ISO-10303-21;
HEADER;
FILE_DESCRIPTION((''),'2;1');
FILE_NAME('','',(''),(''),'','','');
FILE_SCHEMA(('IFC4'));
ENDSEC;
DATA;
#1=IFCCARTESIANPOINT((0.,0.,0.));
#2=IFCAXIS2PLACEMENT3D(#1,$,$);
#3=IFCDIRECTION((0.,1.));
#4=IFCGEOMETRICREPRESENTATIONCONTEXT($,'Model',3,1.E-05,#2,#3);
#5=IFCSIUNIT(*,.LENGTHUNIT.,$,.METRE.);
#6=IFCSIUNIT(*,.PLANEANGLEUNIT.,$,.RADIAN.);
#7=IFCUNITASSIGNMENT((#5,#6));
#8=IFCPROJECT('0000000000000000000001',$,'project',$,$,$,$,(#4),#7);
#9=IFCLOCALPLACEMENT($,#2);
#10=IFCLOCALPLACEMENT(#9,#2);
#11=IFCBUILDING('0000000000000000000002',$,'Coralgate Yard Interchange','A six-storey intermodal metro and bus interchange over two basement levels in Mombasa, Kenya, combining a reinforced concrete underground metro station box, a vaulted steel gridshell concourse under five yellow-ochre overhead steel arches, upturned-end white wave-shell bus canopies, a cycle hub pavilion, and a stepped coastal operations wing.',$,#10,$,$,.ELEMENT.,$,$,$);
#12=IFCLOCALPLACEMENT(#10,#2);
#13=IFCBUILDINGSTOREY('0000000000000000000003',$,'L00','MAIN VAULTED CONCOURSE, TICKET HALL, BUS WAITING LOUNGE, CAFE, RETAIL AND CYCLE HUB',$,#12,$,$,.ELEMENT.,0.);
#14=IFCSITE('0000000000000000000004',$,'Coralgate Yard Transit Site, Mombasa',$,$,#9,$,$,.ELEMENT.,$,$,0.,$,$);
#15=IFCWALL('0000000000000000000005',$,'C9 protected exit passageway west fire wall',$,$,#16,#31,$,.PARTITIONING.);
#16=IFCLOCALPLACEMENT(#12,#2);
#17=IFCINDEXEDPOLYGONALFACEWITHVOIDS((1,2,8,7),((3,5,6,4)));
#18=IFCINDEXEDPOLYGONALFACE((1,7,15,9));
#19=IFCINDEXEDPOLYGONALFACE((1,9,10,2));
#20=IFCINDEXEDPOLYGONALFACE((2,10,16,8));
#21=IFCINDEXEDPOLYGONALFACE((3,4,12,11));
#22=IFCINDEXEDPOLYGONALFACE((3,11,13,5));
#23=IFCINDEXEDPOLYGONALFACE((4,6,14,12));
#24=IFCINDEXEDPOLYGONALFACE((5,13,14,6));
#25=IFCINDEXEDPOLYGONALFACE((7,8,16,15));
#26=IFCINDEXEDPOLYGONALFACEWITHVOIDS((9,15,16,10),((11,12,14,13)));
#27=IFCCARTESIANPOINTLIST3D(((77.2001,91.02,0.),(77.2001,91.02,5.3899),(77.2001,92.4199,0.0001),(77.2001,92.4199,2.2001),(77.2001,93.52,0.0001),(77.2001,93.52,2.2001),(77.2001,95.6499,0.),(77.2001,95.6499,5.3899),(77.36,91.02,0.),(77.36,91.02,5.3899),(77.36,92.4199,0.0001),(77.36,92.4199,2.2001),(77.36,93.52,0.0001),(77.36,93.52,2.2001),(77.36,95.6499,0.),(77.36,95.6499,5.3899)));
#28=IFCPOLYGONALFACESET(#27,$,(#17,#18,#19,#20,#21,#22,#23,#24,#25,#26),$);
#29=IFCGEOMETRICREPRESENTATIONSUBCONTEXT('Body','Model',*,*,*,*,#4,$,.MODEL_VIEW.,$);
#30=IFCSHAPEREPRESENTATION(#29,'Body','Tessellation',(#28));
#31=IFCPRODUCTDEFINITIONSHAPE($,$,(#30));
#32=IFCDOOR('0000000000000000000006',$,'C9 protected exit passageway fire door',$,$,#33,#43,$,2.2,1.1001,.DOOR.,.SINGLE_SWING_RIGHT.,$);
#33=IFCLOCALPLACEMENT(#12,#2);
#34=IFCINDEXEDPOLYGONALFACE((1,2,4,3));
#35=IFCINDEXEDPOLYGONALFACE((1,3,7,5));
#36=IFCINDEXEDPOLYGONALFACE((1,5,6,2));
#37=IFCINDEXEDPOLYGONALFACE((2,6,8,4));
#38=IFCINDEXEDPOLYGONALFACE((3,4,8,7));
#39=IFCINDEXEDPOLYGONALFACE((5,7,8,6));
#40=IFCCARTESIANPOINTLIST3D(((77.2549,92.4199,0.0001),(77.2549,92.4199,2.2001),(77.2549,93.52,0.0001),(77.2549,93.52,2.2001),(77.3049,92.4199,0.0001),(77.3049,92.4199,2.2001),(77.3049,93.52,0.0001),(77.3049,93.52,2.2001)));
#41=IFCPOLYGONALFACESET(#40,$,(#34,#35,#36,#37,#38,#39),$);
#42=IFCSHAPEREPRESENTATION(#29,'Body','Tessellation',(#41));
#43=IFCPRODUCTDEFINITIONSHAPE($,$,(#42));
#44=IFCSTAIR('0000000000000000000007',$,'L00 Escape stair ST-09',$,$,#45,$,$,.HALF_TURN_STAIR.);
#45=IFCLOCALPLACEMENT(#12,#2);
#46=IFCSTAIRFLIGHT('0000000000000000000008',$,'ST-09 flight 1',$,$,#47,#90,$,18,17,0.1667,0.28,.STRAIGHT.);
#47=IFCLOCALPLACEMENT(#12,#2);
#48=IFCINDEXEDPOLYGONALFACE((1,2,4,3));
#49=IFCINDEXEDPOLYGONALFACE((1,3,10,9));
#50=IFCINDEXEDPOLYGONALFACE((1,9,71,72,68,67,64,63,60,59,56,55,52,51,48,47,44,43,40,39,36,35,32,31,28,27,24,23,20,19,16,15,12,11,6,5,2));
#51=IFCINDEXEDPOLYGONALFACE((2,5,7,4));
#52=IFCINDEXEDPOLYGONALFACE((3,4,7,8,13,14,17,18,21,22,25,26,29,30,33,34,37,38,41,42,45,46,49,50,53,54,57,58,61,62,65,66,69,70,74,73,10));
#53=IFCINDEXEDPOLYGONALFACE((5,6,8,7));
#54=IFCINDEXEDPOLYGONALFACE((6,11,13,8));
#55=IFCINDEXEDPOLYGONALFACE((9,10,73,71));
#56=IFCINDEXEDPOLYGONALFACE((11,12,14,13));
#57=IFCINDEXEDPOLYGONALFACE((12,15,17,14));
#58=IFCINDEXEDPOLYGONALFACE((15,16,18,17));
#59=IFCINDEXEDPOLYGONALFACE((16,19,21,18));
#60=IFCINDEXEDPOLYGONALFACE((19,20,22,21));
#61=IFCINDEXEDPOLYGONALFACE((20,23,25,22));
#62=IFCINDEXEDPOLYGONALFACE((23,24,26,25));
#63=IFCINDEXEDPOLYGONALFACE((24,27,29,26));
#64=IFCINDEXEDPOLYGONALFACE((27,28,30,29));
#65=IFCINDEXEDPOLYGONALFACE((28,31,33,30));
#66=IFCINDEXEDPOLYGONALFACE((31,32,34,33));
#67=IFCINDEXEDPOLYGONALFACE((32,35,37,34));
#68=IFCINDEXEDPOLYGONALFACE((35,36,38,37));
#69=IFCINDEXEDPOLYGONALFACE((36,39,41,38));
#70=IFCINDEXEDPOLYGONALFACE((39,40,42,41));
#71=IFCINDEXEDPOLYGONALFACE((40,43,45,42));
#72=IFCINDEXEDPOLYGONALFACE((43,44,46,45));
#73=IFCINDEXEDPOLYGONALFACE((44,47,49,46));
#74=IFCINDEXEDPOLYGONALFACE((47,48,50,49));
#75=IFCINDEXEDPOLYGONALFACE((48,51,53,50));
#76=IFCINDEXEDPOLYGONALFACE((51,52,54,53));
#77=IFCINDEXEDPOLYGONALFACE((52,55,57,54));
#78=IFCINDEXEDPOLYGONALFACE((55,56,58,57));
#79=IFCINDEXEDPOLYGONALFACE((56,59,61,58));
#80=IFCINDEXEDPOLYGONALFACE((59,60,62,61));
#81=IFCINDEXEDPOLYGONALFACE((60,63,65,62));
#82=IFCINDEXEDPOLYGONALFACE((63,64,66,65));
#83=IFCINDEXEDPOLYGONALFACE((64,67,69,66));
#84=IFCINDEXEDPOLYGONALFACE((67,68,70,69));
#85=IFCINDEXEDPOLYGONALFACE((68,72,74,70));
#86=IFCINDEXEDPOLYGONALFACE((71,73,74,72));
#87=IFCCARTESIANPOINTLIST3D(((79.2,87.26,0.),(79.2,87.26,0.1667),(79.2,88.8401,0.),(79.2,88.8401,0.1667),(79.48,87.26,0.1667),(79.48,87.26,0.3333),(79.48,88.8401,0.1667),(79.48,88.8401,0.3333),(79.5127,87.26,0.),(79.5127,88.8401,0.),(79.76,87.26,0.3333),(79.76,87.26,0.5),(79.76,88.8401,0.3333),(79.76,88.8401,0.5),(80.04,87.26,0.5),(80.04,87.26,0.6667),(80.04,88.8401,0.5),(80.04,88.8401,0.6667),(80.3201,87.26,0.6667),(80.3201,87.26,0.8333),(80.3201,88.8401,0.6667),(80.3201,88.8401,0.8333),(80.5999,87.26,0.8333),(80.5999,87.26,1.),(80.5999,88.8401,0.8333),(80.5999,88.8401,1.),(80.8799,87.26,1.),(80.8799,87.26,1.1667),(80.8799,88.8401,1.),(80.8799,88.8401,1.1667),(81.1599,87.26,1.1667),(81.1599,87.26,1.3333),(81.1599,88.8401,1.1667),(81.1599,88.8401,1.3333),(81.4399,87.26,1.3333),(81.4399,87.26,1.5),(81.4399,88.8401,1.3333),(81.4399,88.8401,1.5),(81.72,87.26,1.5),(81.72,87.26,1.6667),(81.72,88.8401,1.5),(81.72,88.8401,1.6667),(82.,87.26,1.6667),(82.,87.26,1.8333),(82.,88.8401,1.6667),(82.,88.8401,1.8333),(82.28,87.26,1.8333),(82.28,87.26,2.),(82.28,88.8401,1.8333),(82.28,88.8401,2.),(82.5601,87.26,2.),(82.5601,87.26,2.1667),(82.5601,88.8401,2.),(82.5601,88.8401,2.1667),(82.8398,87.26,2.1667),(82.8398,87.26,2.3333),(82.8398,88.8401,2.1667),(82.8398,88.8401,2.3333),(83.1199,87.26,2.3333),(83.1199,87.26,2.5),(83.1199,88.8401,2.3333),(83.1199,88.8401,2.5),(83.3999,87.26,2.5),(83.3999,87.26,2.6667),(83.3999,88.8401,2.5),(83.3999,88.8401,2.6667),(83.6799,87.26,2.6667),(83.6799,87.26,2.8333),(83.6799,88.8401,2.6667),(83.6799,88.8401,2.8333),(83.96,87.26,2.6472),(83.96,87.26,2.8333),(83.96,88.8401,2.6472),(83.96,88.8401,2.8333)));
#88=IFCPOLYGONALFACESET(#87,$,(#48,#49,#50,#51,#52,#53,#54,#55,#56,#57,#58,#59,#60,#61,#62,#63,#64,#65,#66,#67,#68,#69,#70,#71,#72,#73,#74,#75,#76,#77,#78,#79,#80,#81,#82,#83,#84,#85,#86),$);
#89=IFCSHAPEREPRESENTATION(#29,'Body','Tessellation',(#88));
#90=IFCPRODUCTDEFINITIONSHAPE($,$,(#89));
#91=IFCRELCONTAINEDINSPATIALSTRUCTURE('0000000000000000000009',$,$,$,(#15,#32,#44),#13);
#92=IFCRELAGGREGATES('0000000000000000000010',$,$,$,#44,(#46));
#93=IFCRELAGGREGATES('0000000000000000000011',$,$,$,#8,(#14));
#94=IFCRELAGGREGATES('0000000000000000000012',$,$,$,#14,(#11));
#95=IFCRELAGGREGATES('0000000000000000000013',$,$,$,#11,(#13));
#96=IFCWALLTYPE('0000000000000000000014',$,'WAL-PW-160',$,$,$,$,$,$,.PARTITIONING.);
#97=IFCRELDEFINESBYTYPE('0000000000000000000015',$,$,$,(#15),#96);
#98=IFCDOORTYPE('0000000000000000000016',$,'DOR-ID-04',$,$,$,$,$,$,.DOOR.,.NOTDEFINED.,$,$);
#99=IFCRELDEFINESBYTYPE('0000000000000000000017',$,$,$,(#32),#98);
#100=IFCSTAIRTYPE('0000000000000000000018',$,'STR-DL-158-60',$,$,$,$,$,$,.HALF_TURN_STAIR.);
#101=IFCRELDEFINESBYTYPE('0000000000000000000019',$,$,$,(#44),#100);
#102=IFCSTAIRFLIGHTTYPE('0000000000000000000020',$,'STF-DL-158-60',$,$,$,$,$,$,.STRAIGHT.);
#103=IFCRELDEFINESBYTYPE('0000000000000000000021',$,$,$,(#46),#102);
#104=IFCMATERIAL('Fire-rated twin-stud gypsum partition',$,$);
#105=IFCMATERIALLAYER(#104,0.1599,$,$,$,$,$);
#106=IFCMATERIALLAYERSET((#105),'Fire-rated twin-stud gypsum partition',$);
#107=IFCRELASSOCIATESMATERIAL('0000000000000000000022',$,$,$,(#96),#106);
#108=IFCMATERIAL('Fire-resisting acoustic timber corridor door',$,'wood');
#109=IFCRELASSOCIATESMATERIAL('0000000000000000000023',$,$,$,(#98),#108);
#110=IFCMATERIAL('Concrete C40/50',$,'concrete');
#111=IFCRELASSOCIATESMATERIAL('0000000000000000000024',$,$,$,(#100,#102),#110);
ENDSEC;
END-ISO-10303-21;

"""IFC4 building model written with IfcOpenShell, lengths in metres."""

from ifc_helpers import new_model, si_unit, direction, frame, frame_2d, origin, place, context, subcontext, project, spatial, polyline, rectangle, outline, extrude, material, layer, layer_set, type_object, element, fill, aggregate, save


model = new_model("IFC4")

# Units and contexts
model_context = context("Model", 3, precision=1e-05, world=origin(), true_north=direction((0.0, 1.0)))
body_context = subcontext(model_context, "Body", "Model", "MODEL_VIEW")
ifc_project = project(units=[si_unit("LENGTHUNIT", "METRE"), si_unit("PLANEANGLEUNIT", "RADIAN")], contexts=[model_context])

# Site, building, storey
site_placement = place(None, origin())
site = spatial("IfcSite", under=ifc_project, at=site_placement, Name="Coralgate Yard Transit Site, Mombasa", CompositionType="ELEMENT", RefElevation=0.0)
building_placement = place(site_placement, origin())
building = spatial("IfcBuilding", under=site, at=building_placement, Name="Coralgate Yard Interchange", Description="A six-storey intermodal metro and bus interchange over two basement levels in Mombasa, Kenya, combining a reinforced concrete underground metro station box, a vaulted steel gridshell concourse under five yellow-ochre overhead steel arches, upturned-end white wave-shell bus canopies, a cycle hub pavilion, and a stepped coastal operations wing.", CompositionType="ELEMENT")
storey_placement = place(building_placement, origin())
storey = spatial("IfcBuildingStorey", under=building, at=storey_placement, Name="L00", Description="MAIN VAULTED CONCOURSE, TICKET HALL, BUS WAITING LOUNGE, CAFE, RETAIL AND CYCLE HUB", CompositionType="ELEMENT", Elevation=0.0)

# Shared definitions
ifc_material_1 = material(Name="Concrete C40/50", Category="concrete")

# Wall, opening, door
ifc_material_2 = material(Name="Fire-rated twin-stud gypsum partition")
ifc_layer_1 = layer(ifc_material_2, 0.1599)
ifc_layer_set_1 = layer_set([ifc_layer_1], Name="Fire-rated twin-stud gypsum partition")
wall_type_1 = type_object("IfcWallType", Name="WAL-PW-160", PredefinedType="PARTITIONING", material=ifc_layer_set_1)
wall_1_placement = place(storey_placement, frame((77.28, 91.02, 0.0), z_axis=(0.0, 0.0, 1.0), x_axis=(0.0, 1.0, 0.0)))
wall_1 = element("IfcWall", 1, at=wall_1_placement, inside=storey, type_object=wall_type_1, Name="C9 protected exit passageway west fire wall", PredefinedType="PARTITIONING", context=body_context, shape_type="SweptSolid", body=[
    extrude(rectangle(XDim=4.6299, YDim=0.1599, at=frame_2d((2.3149, 0.0))), origin(), (0.0, 0.0, 1.0), 5.3899),
])
opening_1_placement = place(wall_1_placement, frame((1.3999, 0.0, 0.0)))
opening_1 = element("IfcOpeningElement", 2, at=opening_1_placement, cuts=wall_1, PredefinedType="OPENING", context=body_context, shape_type="SweptSolid", body=[
    extrude(rectangle(XDim=1.1001, YDim=2.2, at=frame_2d((0.55, 1.1001))), frame((0.0, 0.0898, 0.0), z_axis=(0.0, -1.0, 0.0), x_axis=(1.0, 0.0, 0.0)), (0.0, 0.0, 1.0), 0.1799),
])
ifc_material_3 = material(Name="Fire-resisting acoustic timber corridor door", Category="wood")
door_type_1 = type_object("IfcDoorType", Name="DOR-ID-04", OperationType="NOTDEFINED", PredefinedType="DOOR", material=ifc_material_3)
door_1_placement = place(opening_1_placement, frame((1.1001, 0.0, 0.0), z_axis=(0.0, 0.0, 1.0), x_axis=(-1.0, 0.0, 0.0)))
door_1 = element("IfcDoor", 3, at=door_1_placement, inside=storey, type_object=door_type_1, Name="C9 protected exit passageway fire door", OperationType="SINGLE_SWING_RIGHT", OverallHeight=2.2, OverallWidth=1.1001, PredefinedType="DOOR", context=body_context, shape_type="SweptSolid", body=[
    extrude(rectangle(XDim=1.1001, YDim=2.2, at=frame_2d((0.55, 1.1001))), frame((0.0, 0.0249, 0.0), z_axis=(0.0, -1.0, 0.0), x_axis=(1.0, 0.0, 0.0)), (0.0, 0.0, 1.0), 0.05),
])
fill(opening_1, door_1)

# Stair, stair flight
stair_type = type_object("IfcStairType", Name="STR-DL-158-60", PredefinedType="HALF_TURN_STAIR", material=ifc_material_1)
stair_placement = place(storey_placement, origin())
stair = element("IfcStair", 4, at=stair_placement, inside=storey, type_object=stair_type, Name="L00 Escape stair ST-09", PredefinedType="HALF_TURN_STAIR")
stair_flight_type = type_object("IfcStairFlightType", Name="STF-DL-158-60", PredefinedType="STRAIGHT", material=ifc_material_1)
stair_flight_placement = place(storey_placement, frame((79.2, 88.05, 0.0), z_axis=(0.0, 0.0, 1.0), x_axis=(1.0, 0.0, 0.0)))
stair_flight = element("IfcStairFlight", 5, at=stair_flight_placement, type_object=stair_flight_type, Name="ST-09 flight 1", NumberOfRisers=18, NumberOfTreads=17, PredefinedType="STRAIGHT", RiserHeight=0.1667, TreadLength=0.28, context=body_context, shape_type="SweptSolid", body=[
    extrude(outline(polyline([(0.0, 0.0), (0.0, 0.1667), (0.28, 0.1667), (0.28, 0.3333), (0.5601, 0.3333), (0.5601, 0.5), (0.8401, 0.5), (0.8401, 0.6667), (1.1201, 0.6667), (1.1201, 0.8333), (1.3999, 0.8333), (1.3999, 1.0), (1.6799, 1.0), (1.6799, 1.1667), (1.96, 1.1667), (1.96, 1.3333), (2.24, 1.3333), (2.24, 1.5), (2.52, 1.5), (2.52, 1.6667), (2.8, 1.6667), (2.8, 1.8333), (3.0801, 1.8333), (3.0801, 2.0), (3.3601, 2.0), (3.3601, 2.1667), (3.6399, 2.1667), (3.6399, 2.3333), (3.9199, 2.3333), (3.9199, 2.5), (4.2, 2.5), (4.2, 2.6667), (4.48, 2.6667), (4.48, 2.8333), (4.76, 2.8333), (4.76, 3.0), (4.76, 2.6472), (0.3127, 0.0), (0.0, 0.0)])), frame((0.0, 0.79, 0.0), z_axis=(0.0, -1.0, 0.0), x_axis=(1.0, 0.0, 0.0)), (0.0, 0.0, 1.0), 1.5801),
])
aggregate(stair, [stair_flight])

save(model, "model.ifc")
